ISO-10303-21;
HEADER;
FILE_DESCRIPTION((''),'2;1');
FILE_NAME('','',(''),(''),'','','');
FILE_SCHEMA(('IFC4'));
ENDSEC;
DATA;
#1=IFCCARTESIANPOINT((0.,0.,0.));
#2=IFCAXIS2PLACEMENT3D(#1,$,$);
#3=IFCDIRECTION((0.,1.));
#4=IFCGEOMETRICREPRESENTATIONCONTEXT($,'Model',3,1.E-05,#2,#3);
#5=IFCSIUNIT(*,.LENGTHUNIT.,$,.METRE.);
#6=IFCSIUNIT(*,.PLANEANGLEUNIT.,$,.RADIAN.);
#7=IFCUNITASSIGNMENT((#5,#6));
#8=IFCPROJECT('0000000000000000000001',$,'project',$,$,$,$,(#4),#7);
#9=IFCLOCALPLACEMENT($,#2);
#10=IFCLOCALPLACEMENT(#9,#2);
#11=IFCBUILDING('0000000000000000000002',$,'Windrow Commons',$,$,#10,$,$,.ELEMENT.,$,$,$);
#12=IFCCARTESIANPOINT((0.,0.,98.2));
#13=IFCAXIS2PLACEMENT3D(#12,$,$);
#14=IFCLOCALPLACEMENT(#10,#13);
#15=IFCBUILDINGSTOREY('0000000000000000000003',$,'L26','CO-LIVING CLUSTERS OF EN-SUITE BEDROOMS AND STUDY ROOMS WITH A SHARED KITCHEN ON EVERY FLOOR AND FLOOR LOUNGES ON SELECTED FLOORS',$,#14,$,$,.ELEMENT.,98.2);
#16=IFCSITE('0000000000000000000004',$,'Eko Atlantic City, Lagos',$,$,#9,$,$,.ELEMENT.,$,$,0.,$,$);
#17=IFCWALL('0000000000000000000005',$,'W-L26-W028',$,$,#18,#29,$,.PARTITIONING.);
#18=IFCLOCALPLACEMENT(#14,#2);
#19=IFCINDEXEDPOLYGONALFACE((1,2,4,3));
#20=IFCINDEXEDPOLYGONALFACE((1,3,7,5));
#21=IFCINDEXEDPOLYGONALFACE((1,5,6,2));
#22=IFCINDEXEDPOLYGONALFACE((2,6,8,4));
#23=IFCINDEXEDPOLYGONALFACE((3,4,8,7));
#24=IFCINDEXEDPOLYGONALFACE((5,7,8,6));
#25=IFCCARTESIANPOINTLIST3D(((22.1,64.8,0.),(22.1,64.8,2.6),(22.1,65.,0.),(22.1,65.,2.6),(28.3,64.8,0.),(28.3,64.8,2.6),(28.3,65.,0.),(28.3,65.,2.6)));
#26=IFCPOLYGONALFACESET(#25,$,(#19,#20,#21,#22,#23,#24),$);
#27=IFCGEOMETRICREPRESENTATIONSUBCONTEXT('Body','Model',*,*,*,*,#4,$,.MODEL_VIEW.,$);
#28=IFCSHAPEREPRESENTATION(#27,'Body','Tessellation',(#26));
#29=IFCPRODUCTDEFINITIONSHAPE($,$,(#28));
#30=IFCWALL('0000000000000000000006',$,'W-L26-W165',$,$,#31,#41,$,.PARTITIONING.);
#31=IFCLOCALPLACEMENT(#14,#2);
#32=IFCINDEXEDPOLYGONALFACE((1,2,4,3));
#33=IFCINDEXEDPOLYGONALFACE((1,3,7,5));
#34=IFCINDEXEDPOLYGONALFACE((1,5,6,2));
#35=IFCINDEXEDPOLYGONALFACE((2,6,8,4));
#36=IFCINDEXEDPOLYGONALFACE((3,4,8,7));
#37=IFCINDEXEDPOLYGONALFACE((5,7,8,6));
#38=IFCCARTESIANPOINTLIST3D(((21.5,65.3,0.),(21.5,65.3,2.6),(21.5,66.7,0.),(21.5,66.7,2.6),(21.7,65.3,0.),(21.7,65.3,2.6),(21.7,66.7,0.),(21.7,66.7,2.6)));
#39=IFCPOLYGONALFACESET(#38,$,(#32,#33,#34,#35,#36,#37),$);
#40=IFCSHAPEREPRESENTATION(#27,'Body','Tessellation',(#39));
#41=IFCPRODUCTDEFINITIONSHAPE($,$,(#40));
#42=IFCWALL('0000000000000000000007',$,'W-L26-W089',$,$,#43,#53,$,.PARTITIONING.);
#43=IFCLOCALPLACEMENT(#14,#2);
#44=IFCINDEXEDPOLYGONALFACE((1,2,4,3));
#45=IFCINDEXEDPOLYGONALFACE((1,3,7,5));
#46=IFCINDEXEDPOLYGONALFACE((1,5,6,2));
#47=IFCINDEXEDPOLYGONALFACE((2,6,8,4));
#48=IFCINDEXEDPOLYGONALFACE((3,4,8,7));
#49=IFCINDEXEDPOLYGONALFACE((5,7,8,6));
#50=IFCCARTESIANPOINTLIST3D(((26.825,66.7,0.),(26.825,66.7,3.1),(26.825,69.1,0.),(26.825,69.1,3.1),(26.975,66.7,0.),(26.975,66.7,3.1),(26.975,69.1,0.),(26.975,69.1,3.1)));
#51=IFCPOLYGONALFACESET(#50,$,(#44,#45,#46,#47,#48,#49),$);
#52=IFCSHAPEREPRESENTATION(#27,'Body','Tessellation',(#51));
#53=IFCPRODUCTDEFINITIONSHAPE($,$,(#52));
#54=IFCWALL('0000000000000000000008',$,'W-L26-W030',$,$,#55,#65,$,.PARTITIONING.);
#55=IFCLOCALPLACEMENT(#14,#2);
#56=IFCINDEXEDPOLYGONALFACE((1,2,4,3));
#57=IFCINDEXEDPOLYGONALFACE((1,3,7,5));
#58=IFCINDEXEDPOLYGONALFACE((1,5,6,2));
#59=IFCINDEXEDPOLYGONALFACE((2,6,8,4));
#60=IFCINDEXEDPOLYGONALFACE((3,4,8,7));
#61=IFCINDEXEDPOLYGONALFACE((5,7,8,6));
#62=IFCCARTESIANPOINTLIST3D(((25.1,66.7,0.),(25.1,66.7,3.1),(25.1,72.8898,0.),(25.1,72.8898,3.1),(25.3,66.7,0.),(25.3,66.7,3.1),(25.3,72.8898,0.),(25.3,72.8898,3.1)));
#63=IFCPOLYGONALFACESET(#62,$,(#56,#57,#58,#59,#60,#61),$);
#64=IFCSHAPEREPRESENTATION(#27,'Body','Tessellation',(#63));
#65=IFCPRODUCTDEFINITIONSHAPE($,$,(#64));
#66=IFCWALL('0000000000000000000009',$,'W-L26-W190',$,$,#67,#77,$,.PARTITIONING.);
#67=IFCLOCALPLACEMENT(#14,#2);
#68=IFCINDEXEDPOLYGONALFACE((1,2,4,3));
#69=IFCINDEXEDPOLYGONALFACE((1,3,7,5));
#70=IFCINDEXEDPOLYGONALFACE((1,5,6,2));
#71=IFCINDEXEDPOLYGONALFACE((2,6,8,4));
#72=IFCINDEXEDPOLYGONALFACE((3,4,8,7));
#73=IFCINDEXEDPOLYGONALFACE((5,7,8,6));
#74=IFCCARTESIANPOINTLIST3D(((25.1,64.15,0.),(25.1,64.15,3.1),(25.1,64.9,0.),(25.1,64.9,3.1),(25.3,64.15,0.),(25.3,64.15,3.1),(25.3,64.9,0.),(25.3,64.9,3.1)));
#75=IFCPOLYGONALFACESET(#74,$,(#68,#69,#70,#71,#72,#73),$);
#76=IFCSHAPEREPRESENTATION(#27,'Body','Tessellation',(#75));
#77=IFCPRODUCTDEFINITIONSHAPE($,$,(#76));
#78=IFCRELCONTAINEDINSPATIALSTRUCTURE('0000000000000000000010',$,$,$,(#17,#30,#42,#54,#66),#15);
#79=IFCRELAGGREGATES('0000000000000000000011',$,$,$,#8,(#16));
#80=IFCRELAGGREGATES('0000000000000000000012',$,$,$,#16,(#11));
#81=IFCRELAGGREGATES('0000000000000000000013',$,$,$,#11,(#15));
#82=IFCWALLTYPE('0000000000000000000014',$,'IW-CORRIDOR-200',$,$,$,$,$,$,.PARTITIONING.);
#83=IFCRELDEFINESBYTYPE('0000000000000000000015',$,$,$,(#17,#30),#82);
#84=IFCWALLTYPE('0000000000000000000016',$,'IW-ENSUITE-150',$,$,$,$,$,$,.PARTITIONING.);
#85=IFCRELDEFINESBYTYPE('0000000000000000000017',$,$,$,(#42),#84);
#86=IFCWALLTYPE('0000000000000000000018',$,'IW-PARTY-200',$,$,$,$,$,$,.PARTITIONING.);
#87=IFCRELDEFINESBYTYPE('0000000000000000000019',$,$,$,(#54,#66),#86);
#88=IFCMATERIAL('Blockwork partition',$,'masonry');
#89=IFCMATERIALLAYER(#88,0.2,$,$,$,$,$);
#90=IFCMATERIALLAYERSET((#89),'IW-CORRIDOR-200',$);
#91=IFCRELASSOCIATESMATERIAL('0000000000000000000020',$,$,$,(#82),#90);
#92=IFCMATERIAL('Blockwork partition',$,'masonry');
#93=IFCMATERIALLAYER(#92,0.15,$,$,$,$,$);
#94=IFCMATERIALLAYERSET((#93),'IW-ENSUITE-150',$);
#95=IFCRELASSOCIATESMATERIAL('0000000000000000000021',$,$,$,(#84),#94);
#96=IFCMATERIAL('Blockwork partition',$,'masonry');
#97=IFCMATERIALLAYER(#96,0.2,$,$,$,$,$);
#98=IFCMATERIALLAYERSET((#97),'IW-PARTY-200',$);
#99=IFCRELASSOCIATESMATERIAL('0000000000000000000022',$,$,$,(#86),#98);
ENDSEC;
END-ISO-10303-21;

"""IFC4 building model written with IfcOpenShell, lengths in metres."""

from ifc_helpers import new_model, si_unit, direction, frame, frame_2d, origin, place, context, subcontext, project, spatial, rectangle, extrude, material, layer, layer_set, type_object, element, save


model = new_model("IFC4")

# Units and contexts
model_context = context("Model", 3, precision=1e-05, world=origin(), true_north=direction((0.0, 1.0)))
body_context = subcontext(model_context, "Body", "Model", "MODEL_VIEW")
ifc_project = project(units=[si_unit("LENGTHUNIT", "METRE"), si_unit("PLANEANGLEUNIT", "RADIAN")], contexts=[model_context])

# Site, building, storey
site_placement = place(None, origin())
site = spatial("IfcSite", under=ifc_project, at=site_placement, Name="Eko Atlantic City, Lagos", CompositionType="ELEMENT", RefElevation=0.0)
building_placement = place(site_placement, origin())
building = spatial("IfcBuilding", under=site, at=building_placement, Name="Windrow Commons", CompositionType="ELEMENT")
storey_placement = place(building_placement, frame((0.0, 0.0, 98.2)))
storey = spatial("IfcBuildingStorey", under=building, at=storey_placement, Name="L26", Description="CO-LIVING CLUSTERS OF EN-SUITE BEDROOMS AND STUDY ROOMS WITH A SHARED KITCHEN ON EVERY FLOOR AND FLOOR LOUNGES ON SELECTED FLOORS", CompositionType="ELEMENT", Elevation=98.2)

# Shared definitions
ifc_material_1 = material(Name="Blockwork partition", Category="masonry")
ifc_layer_1 = layer(ifc_material_1, 0.2)
ifc_layer_set_1 = layer_set([ifc_layer_1], Name="IW-CORRIDOR-200")
wall_type_1 = type_object("IfcWallType", Name="IW-CORRIDOR-200", PredefinedType="PARTITIONING", material=ifc_layer_set_1)

# Walls
wall_1_placement = place(storey_placement, frame((22.1, 64.9, 0.0), z_axis=(0.0, 0.0, 1.0), x_axis=(1.0, 0.0, 0.0)))
element("IfcWall", 1, at=wall_1_placement, inside=storey, type_object=wall_type_1, Name="W-L26-W028", PredefinedType="PARTITIONING", context=body_context, shape_type="SweptSolid", body=[
    extrude(rectangle(XDim=6.2, YDim=0.2, at=frame_2d((3.1, 0.0))), origin(), (0.0, 0.0, 1.0), 2.6),
])
wall_2_placement = place(storey_placement, frame((21.6, 65.3, 0.0), z_axis=(0.0, 0.0, 1.0), x_axis=(0.0, 1.0, 0.0)))
element("IfcWall", 2, at=wall_2_placement, inside=storey, type_object=wall_type_1, Name="W-L26-W165", PredefinedType="PARTITIONING", context=body_context, shape_type="SweptSolid", body=[
    extrude(rectangle(XDim=1.4, YDim=0.2, at=frame_2d((0.7, 0.0))), origin(), (0.0, 0.0, 1.0), 2.6),
])
ifc_material_2 = material(Name="Blockwork partition", Category="masonry")
ifc_layer_2 = layer(ifc_material_2, 0.15)
ifc_layer_set_2 = layer_set([ifc_layer_2], Name="IW-ENSUITE-150")
wall_type_2 = type_object("IfcWallType", Name="IW-ENSUITE-150", PredefinedType="PARTITIONING", material=ifc_layer_set_2)
wall_3_placement = place(storey_placement, frame((26.9, 66.7, 0.0), z_axis=(0.0, 0.0, 1.0), x_axis=(0.0, 1.0, 0.0)))
element("IfcWall", 3, at=wall_3_placement, inside=storey, type_object=wall_type_2, Name="W-L26-W089", PredefinedType="PARTITIONING", context=body_context, shape_type="SweptSolid", body=[
    extrude(rectangle(XDim=2.4, YDim=0.15, at=frame_2d((1.2, 0.0))), origin(), (0.0, 0.0, 1.0), 3.1),
])
ifc_material_3 = material(Name="Blockwork partition", Category="masonry")
ifc_layer_3 = layer(ifc_material_3, 0.2)
ifc_layer_set_3 = layer_set([ifc_layer_3], Name="IW-PARTY-200")
wall_type_3 = type_object("IfcWallType", Name="IW-PARTY-200", PredefinedType="PARTITIONING", material=ifc_layer_set_3)
wall_4_placement = place(storey_placement, frame((25.2, 66.7, 0.0), z_axis=(0.0, 0.0, 1.0), x_axis=(0.0, 1.0, 0.0)))
element("IfcWall", 4, at=wall_4_placement, inside=storey, type_object=wall_type_3, Name="W-L26-W030", PredefinedType="PARTITIONING", context=body_context, shape_type="SweptSolid", body=[
    extrude(rectangle(XDim=6.1897, YDim=0.2, at=frame_2d((3.0949, 0.0))), origin(), (0.0, 0.0, 1.0), 3.1),
])
wall_5_placement = place(storey_placement, frame((25.2, 64.15, 0.0), z_axis=(0.0, 0.0, 1.0), x_axis=(0.0, 1.0, 0.0)))
element("IfcWall", 5, at=wall_5_placement, inside=storey, type_object=wall_type_3, Name="W-L26-W190", PredefinedType="PARTITIONING", context=body_context, shape_type="SweptSolid", body=[
    extrude(rectangle(XDim=0.75, YDim=0.2, at=frame_2d((0.375, 0.0))), origin(), (0.0, 0.0, 1.0), 3.1),
])

save(model, "model.ifc")
